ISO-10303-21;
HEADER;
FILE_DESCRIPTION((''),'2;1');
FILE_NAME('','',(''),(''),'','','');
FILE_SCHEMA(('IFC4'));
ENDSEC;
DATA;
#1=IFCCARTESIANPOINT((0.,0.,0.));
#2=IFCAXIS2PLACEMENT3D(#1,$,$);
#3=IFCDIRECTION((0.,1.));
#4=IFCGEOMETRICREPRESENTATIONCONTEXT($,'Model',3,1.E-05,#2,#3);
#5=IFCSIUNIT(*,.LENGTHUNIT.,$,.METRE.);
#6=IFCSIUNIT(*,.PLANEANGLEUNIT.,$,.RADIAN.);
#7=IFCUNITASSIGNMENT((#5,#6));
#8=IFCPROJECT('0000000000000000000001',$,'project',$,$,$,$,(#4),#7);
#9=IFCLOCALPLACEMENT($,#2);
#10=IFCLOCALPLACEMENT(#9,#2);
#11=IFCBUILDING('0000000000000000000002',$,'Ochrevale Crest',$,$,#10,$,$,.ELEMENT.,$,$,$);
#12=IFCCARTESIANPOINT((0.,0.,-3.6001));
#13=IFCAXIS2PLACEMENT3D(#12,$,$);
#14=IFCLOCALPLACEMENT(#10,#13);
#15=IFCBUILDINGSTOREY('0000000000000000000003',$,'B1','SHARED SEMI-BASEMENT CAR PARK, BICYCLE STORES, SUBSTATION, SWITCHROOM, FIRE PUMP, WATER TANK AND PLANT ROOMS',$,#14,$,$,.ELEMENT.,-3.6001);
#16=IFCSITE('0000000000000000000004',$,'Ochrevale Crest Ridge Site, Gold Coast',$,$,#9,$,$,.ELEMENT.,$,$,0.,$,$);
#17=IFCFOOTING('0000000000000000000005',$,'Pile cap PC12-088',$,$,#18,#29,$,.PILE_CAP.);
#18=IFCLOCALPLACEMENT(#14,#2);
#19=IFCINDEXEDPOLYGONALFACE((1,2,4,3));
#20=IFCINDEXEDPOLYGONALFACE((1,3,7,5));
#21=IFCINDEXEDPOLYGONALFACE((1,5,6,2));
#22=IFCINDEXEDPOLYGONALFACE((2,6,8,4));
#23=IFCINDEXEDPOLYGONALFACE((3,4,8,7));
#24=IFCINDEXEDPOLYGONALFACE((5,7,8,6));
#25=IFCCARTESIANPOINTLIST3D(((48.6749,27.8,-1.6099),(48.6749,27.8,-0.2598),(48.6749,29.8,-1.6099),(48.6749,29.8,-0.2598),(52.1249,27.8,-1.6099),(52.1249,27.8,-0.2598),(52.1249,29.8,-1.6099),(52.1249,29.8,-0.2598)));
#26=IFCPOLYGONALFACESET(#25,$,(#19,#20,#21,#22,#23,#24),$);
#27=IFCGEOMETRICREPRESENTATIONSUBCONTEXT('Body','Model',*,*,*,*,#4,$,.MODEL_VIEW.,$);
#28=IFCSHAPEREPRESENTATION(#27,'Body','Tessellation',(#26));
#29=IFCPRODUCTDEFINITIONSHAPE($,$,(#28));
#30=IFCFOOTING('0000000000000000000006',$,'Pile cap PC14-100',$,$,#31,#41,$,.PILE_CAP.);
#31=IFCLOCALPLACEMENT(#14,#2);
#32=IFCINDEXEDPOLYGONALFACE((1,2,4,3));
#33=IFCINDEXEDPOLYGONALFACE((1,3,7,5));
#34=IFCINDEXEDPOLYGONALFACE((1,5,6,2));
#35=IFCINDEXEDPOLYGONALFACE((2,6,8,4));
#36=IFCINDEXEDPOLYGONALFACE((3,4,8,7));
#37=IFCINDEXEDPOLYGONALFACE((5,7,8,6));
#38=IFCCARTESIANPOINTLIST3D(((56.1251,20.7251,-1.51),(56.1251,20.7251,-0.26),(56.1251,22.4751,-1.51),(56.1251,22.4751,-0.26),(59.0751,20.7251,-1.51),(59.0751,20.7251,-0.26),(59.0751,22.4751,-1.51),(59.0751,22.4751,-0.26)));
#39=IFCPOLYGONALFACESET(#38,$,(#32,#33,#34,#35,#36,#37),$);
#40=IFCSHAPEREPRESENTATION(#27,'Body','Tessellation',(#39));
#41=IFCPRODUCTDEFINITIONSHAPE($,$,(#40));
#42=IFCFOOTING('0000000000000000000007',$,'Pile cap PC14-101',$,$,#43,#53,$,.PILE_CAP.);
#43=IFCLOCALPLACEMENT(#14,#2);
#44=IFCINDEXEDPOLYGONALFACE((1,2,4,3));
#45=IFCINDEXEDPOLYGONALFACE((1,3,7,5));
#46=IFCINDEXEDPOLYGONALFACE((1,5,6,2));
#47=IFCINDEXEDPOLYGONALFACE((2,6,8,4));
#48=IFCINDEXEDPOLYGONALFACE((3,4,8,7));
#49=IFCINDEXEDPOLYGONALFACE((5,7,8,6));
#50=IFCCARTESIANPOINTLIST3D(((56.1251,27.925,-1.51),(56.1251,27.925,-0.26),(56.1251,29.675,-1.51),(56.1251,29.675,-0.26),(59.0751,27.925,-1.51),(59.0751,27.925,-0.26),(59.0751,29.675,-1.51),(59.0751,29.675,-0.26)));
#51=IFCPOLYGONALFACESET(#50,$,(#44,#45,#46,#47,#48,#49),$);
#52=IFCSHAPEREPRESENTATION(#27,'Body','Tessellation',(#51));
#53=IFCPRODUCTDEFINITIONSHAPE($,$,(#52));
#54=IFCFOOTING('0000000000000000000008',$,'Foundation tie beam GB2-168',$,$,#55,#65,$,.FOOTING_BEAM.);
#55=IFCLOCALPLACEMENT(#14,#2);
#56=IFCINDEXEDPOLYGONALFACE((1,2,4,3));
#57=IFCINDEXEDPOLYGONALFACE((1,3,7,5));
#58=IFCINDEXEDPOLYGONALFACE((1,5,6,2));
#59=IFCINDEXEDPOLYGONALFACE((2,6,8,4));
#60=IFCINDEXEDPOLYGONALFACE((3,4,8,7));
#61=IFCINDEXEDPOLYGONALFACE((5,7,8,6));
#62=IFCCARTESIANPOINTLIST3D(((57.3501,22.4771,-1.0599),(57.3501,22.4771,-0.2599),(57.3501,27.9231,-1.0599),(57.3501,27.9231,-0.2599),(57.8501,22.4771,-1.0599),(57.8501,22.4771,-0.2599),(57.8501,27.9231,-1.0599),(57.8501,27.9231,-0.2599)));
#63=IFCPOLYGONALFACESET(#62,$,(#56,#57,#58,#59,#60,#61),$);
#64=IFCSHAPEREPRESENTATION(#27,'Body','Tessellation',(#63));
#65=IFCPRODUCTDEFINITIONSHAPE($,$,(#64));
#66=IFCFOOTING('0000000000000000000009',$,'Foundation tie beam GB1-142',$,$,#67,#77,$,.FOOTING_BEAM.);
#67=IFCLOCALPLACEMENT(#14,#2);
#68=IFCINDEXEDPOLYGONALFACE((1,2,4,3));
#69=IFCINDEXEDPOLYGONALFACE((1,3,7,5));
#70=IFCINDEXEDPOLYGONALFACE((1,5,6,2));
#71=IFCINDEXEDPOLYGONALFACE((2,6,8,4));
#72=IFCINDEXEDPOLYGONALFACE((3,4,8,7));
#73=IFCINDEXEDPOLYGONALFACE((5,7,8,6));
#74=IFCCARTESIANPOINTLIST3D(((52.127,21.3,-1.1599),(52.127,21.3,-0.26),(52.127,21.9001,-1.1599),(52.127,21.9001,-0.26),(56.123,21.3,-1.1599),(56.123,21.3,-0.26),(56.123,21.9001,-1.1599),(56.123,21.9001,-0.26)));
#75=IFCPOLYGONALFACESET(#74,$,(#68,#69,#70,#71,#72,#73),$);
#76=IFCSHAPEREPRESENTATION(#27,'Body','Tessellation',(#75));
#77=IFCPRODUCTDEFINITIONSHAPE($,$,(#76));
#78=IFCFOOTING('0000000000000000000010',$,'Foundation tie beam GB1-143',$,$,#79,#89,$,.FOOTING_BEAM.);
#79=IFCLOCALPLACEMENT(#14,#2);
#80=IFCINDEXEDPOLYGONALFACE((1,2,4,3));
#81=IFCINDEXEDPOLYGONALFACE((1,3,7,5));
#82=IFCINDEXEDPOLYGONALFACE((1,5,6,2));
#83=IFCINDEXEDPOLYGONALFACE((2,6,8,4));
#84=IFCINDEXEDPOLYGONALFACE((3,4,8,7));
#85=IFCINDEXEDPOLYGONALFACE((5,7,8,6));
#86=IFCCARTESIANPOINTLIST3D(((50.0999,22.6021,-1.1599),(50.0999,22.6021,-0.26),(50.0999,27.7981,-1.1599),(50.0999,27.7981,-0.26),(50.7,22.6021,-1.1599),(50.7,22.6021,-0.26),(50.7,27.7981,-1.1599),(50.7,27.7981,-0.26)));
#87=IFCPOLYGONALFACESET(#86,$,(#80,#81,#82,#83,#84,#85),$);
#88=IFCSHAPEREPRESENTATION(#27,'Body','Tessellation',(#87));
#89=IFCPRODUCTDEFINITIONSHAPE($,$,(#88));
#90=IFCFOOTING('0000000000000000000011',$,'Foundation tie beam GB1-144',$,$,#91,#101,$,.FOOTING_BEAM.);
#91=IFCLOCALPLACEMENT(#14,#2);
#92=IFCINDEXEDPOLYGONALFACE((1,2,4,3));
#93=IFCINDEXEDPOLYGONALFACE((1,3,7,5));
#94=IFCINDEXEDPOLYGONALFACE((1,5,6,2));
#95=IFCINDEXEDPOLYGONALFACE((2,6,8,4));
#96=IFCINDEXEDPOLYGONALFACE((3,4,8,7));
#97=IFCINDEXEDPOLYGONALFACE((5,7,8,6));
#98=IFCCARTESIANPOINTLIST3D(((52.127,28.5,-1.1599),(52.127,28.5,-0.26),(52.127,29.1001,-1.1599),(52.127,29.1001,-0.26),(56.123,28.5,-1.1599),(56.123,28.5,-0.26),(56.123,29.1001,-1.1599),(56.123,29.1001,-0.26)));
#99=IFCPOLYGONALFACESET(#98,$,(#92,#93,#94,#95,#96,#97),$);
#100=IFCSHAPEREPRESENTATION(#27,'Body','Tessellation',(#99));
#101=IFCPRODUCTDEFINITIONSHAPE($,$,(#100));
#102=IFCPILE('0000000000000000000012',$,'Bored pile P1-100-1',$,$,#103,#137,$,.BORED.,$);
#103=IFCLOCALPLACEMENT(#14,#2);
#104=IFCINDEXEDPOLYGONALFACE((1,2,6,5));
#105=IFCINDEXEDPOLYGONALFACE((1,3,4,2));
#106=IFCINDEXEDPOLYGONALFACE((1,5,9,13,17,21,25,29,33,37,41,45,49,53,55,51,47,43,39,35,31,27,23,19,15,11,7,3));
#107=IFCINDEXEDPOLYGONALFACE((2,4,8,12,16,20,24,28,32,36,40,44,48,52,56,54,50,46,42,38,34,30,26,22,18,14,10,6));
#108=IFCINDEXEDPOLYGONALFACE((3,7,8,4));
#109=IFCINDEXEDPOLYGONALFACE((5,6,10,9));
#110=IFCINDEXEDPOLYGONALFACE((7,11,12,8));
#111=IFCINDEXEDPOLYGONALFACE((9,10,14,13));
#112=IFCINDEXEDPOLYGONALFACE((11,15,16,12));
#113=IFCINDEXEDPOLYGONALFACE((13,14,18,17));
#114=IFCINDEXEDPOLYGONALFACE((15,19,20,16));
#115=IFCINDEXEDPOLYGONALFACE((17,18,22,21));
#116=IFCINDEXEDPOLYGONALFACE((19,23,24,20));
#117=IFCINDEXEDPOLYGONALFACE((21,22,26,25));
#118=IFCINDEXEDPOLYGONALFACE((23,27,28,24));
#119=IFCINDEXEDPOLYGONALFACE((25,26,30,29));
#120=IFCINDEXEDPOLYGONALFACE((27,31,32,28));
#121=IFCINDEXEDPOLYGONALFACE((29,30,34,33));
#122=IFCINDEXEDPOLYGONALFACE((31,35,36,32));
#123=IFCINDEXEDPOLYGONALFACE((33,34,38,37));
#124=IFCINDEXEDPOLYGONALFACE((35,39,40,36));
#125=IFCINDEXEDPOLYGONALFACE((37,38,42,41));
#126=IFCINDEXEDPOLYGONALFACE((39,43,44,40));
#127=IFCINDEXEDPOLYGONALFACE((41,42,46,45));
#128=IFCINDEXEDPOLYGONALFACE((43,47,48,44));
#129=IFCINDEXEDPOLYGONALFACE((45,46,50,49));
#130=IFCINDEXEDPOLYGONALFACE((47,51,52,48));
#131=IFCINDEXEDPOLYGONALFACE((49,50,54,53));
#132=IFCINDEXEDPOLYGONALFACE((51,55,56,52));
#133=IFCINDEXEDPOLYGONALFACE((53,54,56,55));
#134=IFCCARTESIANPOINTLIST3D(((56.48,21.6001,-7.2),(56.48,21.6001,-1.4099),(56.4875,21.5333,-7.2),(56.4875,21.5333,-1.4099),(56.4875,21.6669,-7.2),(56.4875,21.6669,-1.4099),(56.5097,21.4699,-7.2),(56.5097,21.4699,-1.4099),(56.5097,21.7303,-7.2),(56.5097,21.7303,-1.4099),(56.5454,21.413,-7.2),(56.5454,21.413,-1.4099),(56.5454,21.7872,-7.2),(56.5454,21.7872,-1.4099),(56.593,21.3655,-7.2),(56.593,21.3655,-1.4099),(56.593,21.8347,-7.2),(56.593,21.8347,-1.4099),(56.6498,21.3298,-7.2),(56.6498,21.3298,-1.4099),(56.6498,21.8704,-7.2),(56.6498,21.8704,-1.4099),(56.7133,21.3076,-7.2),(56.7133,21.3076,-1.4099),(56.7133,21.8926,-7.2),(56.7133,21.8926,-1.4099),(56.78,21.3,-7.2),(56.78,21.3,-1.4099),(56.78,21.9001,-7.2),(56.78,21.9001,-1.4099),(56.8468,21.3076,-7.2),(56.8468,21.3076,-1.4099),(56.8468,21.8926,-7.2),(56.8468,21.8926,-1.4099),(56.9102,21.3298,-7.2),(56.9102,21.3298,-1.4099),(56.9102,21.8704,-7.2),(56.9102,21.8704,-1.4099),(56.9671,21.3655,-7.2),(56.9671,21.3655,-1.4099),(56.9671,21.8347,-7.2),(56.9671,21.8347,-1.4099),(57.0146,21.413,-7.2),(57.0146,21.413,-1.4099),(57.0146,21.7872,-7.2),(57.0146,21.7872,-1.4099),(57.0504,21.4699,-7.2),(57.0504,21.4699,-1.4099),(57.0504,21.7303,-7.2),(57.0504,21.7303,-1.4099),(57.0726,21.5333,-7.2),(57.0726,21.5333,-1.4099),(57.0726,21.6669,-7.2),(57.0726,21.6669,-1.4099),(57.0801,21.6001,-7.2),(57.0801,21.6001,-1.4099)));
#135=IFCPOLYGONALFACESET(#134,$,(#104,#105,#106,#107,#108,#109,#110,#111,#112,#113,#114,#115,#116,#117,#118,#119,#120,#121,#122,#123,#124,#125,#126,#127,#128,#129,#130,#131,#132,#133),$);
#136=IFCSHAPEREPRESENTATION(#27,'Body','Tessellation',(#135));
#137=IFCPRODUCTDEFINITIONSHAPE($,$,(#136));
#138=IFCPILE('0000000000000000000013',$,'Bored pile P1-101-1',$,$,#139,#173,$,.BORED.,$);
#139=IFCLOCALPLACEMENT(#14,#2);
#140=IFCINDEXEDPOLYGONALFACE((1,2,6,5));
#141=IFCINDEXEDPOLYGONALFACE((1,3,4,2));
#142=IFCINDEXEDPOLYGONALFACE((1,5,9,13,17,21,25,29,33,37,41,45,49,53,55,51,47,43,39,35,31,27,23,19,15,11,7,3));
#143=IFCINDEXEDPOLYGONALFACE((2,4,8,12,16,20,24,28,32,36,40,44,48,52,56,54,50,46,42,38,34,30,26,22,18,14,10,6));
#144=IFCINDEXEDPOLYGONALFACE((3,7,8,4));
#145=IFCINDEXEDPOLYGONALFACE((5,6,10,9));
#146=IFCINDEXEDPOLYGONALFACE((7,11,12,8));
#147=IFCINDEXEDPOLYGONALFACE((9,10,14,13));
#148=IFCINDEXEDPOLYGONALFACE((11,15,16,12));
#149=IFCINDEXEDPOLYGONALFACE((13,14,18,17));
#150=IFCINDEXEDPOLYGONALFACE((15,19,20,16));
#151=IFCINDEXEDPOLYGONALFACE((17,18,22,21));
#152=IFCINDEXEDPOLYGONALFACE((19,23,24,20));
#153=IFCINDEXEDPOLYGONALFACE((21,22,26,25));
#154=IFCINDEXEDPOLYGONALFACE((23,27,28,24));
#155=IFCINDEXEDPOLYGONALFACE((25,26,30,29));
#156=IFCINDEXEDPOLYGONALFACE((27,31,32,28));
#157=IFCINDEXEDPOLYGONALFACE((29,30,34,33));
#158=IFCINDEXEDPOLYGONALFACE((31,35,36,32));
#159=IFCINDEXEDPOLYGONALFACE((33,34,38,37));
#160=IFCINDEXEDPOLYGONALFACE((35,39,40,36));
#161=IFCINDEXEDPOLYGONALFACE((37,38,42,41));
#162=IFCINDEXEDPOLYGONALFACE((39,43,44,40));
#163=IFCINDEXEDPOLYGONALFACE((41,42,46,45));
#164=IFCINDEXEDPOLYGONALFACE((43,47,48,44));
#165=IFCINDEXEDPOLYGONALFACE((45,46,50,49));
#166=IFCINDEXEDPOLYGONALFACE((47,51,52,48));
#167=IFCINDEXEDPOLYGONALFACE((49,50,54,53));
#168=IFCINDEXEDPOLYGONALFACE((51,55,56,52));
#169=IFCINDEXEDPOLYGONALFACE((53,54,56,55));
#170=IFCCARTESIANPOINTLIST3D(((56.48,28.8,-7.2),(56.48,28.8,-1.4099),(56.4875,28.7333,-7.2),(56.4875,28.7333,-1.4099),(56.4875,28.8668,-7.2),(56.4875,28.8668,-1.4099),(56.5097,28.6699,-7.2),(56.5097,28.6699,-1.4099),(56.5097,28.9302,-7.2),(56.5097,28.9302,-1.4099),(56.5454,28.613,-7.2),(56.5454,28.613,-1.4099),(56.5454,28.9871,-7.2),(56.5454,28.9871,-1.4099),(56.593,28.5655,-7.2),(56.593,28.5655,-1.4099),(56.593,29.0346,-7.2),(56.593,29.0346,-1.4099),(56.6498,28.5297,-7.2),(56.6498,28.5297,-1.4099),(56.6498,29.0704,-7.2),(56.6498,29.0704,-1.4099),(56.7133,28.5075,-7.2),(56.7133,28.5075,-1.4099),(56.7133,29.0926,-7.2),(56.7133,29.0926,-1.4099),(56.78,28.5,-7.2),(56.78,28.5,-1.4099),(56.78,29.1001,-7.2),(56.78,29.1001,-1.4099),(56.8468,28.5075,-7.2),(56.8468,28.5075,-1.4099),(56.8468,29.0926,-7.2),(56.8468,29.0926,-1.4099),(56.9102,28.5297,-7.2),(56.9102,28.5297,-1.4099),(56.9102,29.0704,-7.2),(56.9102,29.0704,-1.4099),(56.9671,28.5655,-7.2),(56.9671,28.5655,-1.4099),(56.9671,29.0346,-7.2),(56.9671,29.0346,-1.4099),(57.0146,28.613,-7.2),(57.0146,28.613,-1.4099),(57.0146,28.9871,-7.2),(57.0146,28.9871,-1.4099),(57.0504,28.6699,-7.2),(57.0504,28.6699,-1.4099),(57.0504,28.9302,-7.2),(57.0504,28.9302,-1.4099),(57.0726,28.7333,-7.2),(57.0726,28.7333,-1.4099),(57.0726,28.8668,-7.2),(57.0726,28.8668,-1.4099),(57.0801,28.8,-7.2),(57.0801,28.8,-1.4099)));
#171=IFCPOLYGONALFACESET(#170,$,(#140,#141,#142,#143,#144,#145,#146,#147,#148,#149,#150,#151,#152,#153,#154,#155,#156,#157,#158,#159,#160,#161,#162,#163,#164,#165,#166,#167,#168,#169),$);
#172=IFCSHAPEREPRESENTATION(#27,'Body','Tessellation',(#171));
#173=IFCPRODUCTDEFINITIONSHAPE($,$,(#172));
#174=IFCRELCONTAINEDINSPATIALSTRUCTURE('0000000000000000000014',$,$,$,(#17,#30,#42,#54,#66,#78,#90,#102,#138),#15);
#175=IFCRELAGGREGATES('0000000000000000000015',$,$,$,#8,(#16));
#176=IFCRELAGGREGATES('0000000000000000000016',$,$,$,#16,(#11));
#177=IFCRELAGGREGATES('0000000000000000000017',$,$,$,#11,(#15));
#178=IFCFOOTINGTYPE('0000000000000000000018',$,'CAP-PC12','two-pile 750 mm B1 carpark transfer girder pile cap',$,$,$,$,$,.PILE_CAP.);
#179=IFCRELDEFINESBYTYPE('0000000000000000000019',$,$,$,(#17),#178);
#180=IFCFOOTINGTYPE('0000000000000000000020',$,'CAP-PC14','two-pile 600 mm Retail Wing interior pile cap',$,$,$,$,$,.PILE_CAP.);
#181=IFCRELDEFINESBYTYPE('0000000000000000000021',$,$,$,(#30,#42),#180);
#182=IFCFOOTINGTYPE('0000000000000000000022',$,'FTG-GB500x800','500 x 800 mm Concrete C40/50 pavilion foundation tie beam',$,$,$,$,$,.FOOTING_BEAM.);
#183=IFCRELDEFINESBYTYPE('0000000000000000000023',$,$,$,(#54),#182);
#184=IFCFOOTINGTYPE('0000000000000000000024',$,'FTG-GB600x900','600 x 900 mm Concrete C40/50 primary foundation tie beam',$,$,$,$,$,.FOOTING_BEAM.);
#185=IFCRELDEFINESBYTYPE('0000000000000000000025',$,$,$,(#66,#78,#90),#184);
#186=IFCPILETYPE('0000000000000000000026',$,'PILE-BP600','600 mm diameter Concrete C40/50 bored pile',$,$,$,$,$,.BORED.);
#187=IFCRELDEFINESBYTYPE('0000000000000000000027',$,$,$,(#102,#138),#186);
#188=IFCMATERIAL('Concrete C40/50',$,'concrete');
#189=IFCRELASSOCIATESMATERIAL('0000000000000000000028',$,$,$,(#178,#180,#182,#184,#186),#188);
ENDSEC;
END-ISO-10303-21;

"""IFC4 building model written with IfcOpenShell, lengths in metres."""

from ifc_helpers import new_model, si_unit, direction, frame, origin, origin_2d, place, context, subcontext, project, spatial, rectangle, circle, extrude, material, material_profile, profile_set, type_object, element, save


model = new_model("IFC4")

# Units and contexts
model_context = context("Model", 3, precision=1e-05, world=origin(), true_north=direction((0.0, 1.0)))
body_context = subcontext(model_context, "Body", "Model", "MODEL_VIEW")
ifc_project = project(units=[si_unit("LENGTHUNIT", "METRE"), si_unit("PLANEANGLEUNIT", "RADIAN")], contexts=[model_context])

# Site, building, storey
site_placement = place(None, origin())
site = spatial("IfcSite", under=ifc_project, at=site_placement, Name="Ochrevale Crest Ridge Site, Gold Coast", CompositionType="ELEMENT", RefElevation=0.0)
building_placement = place(site_placement, origin())
building = spatial("IfcBuilding", under=site, at=building_placement, Name="Ochrevale Crest", CompositionType="ELEMENT")
storey_placement = place(building_placement, frame((0.0, 0.0, -3.6001)))
storey = spatial("IfcBuildingStorey", under=building, at=storey_placement, Name="B1", Description="SHARED SEMI-BASEMENT CAR PARK, BICYCLE STORES, SUBSTATION, SWITCHROOM, FIRE PUMP, WATER TANK AND PLANT ROOMS", CompositionType="ELEMENT", Elevation=-3.6001)

# Footings
ifc_material_1 = material(Name="Concrete C40/50", Category="concrete")
footing_type_1 = type_object("IfcFootingType", Name="CAP-PC12", Description="two-pile 750 mm B1 carpark transfer girder pile cap", PredefinedType="PILE_CAP", material=ifc_material_1)
footing_1_placement = place(storey_placement, frame((50.3999, 28.8, -1.6099), z_axis=(0.0, 0.0, 1.0), x_axis=(1.0, 0.0, 0.0)))
element("IfcFooting", 1, at=footing_1_placement, inside=storey, type_object=footing_type_1, Name="Pile cap PC12-088", PredefinedType="PILE_CAP", context=body_context, shape_type="SweptSolid", body=[
    extrude(rectangle(XDim=3.45, YDim=2.0, at=origin_2d()), origin(), (0.0, 0.0, 1.0), 1.3501),
])
footing_type_2 = type_object("IfcFootingType", Name="CAP-PC14", Description="two-pile 600 mm Retail Wing interior pile cap", PredefinedType="PILE_CAP", material=ifc_material_1)
for number, where, z_axis, x_axis, name in (
    (2, (57.6001, 21.6001, -1.51), (0.0, 0.0, 1.0), (1.0, 0.0, 0.0), "Pile cap PC14-100"),
    (3, (57.6001, 28.8, -1.51), (0.0, 0.0, 1.0), (1.0, 0.0, 0.0), "Pile cap PC14-101"),
):
    element("IfcFooting", number, at=place(storey_placement, frame(where, z_axis=z_axis, x_axis=x_axis)), inside=storey, type_object=footing_type_2, Name=name, PredefinedType="PILE_CAP", context=body_context, shape_type="SweptSolid", body=[
        extrude(rectangle(XDim=2.95, YDim=1.75, at=origin_2d()), origin(), (0.0, 0.0, 1.0), 1.25),
    ])
ifc_material_profile_1 = material_profile(ifc_material_1, rectangle(XDim=0.5, YDim=0.8, at=origin_2d()), Name="GB 500x800")
ifc_profile_set_1 = profile_set([ifc_material_profile_1], Name="Concrete C40/50")
footing_type_3 = type_object("IfcFootingType", Name="FTG-GB500x800", Description="500 x 800 mm Concrete C40/50 pavilion foundation tie beam", PredefinedType="FOOTING_BEAM", material=ifc_profile_set_1)
footing_2_placement = place(storey_placement, frame((57.6001, 22.4771, -0.6599), z_axis=(0.0, 1.0, 0.0), x_axis=(-1.0, 0.0, 0.0)))
element("IfcFooting", 4, at=footing_2_placement, inside=storey, type_object=footing_type_3, Name="Foundation tie beam GB2-168", PredefinedType="FOOTING_BEAM", context=body_context, shape_type="SweptSolid", body=[
    extrude(rectangle(XDim=0.5, YDim=0.8, at=origin_2d()), origin(), (0.0, 0.0, 1.0), 5.446),
])
ifc_material_profile_2 = material_profile(ifc_material_1, rectangle(XDim=0.6001, YDim=0.8999, at=origin_2d()), Name="GB 600x900")
ifc_profile_set_2 = profile_set([ifc_material_profile_2], Name="Concrete C40/50")
footing_type_4 = type_object("IfcFootingType", Name="FTG-GB600x900", Description="600 x 900 mm Concrete C40/50 primary foundation tie beam", PredefinedType="FOOTING_BEAM", material=ifc_profile_set_2)
footing_3_placement = place(storey_placement, frame((52.127, 21.6001, -0.71), z_axis=(1.0, 0.0, 0.0), x_axis=(0.0, 1.0, 0.0)))
element("IfcFooting", 5, at=footing_3_placement, inside=storey, type_object=footing_type_4, Name="Foundation tie beam GB1-142", PredefinedType="FOOTING_BEAM", context=body_context, shape_type="SweptSolid", body=[
    extrude(rectangle(XDim=0.6001, YDim=0.8999, at=origin_2d()), origin(), (0.0, 0.0, 1.0), 3.9961),
])
footing_4_placement = place(storey_placement, frame((50.3999, 22.6021, -0.71), z_axis=(0.0, 1.0, 0.0), x_axis=(-1.0, 0.0, 0.0)))
element("IfcFooting", 6, at=footing_4_placement, inside=storey, type_object=footing_type_4, Name="Foundation tie beam GB1-143", PredefinedType="FOOTING_BEAM", context=body_context, shape_type="SweptSolid", body=[
    extrude(rectangle(XDim=0.6001, YDim=0.8999, at=origin_2d()), origin(), (0.0, 0.0, 1.0), 5.196),
])
footing_5_placement = place(storey_placement, frame((52.127, 28.8, -0.71), z_axis=(1.0, 0.0, 0.0), x_axis=(0.0, 1.0, 0.0)))
element("IfcFooting", 7, at=footing_5_placement, inside=storey, type_object=footing_type_4, Name="Foundation tie beam GB1-144", PredefinedType="FOOTING_BEAM", context=body_context, shape_type="SweptSolid", body=[
    extrude(rectangle(XDim=0.6001, YDim=0.8999, at=origin_2d()), origin(), (0.0, 0.0, 1.0), 3.9961),
])

# Piles
ifc_material_profile_3 = material_profile(ifc_material_1, circle(Radius=0.3, at=origin_2d()), Name="BORED PILE 600")
ifc_profile_set_3 = profile_set([ifc_material_profile_3], Name="Concrete C40/50")
pile_type_1 = type_object("IfcPileType", Name="PILE-BP600", Description="600 mm diameter Concrete C40/50 bored pile", PredefinedType="BORED", material=ifc_profile_set_3)
for number, where, z_axis, x_axis, name in (
    (8, (56.78, 21.6001, -1.4099), (0.0, 0.0, -1.0), (1.0, 0.0, 0.0), "Bored pile P1-100-1"),
    (9, (56.78, 28.8, -1.4099), (0.0, 0.0, -1.0), (1.0, 0.0, 0.0), "Bored pile P1-101-1"),
):
    element("IfcPile", number, at=place(storey_placement, frame(where, z_axis=z_axis, x_axis=x_axis)), inside=storey, type_object=pile_type_1, Name=name, PredefinedType="BORED", context=body_context, shape_type="SweptSolid", body=[
        extrude(circle(Radius=0.3, at=origin_2d()), origin(), (0.0, 0.0, 1.0), 5.79),
    ])

save(model, "model.ifc")
